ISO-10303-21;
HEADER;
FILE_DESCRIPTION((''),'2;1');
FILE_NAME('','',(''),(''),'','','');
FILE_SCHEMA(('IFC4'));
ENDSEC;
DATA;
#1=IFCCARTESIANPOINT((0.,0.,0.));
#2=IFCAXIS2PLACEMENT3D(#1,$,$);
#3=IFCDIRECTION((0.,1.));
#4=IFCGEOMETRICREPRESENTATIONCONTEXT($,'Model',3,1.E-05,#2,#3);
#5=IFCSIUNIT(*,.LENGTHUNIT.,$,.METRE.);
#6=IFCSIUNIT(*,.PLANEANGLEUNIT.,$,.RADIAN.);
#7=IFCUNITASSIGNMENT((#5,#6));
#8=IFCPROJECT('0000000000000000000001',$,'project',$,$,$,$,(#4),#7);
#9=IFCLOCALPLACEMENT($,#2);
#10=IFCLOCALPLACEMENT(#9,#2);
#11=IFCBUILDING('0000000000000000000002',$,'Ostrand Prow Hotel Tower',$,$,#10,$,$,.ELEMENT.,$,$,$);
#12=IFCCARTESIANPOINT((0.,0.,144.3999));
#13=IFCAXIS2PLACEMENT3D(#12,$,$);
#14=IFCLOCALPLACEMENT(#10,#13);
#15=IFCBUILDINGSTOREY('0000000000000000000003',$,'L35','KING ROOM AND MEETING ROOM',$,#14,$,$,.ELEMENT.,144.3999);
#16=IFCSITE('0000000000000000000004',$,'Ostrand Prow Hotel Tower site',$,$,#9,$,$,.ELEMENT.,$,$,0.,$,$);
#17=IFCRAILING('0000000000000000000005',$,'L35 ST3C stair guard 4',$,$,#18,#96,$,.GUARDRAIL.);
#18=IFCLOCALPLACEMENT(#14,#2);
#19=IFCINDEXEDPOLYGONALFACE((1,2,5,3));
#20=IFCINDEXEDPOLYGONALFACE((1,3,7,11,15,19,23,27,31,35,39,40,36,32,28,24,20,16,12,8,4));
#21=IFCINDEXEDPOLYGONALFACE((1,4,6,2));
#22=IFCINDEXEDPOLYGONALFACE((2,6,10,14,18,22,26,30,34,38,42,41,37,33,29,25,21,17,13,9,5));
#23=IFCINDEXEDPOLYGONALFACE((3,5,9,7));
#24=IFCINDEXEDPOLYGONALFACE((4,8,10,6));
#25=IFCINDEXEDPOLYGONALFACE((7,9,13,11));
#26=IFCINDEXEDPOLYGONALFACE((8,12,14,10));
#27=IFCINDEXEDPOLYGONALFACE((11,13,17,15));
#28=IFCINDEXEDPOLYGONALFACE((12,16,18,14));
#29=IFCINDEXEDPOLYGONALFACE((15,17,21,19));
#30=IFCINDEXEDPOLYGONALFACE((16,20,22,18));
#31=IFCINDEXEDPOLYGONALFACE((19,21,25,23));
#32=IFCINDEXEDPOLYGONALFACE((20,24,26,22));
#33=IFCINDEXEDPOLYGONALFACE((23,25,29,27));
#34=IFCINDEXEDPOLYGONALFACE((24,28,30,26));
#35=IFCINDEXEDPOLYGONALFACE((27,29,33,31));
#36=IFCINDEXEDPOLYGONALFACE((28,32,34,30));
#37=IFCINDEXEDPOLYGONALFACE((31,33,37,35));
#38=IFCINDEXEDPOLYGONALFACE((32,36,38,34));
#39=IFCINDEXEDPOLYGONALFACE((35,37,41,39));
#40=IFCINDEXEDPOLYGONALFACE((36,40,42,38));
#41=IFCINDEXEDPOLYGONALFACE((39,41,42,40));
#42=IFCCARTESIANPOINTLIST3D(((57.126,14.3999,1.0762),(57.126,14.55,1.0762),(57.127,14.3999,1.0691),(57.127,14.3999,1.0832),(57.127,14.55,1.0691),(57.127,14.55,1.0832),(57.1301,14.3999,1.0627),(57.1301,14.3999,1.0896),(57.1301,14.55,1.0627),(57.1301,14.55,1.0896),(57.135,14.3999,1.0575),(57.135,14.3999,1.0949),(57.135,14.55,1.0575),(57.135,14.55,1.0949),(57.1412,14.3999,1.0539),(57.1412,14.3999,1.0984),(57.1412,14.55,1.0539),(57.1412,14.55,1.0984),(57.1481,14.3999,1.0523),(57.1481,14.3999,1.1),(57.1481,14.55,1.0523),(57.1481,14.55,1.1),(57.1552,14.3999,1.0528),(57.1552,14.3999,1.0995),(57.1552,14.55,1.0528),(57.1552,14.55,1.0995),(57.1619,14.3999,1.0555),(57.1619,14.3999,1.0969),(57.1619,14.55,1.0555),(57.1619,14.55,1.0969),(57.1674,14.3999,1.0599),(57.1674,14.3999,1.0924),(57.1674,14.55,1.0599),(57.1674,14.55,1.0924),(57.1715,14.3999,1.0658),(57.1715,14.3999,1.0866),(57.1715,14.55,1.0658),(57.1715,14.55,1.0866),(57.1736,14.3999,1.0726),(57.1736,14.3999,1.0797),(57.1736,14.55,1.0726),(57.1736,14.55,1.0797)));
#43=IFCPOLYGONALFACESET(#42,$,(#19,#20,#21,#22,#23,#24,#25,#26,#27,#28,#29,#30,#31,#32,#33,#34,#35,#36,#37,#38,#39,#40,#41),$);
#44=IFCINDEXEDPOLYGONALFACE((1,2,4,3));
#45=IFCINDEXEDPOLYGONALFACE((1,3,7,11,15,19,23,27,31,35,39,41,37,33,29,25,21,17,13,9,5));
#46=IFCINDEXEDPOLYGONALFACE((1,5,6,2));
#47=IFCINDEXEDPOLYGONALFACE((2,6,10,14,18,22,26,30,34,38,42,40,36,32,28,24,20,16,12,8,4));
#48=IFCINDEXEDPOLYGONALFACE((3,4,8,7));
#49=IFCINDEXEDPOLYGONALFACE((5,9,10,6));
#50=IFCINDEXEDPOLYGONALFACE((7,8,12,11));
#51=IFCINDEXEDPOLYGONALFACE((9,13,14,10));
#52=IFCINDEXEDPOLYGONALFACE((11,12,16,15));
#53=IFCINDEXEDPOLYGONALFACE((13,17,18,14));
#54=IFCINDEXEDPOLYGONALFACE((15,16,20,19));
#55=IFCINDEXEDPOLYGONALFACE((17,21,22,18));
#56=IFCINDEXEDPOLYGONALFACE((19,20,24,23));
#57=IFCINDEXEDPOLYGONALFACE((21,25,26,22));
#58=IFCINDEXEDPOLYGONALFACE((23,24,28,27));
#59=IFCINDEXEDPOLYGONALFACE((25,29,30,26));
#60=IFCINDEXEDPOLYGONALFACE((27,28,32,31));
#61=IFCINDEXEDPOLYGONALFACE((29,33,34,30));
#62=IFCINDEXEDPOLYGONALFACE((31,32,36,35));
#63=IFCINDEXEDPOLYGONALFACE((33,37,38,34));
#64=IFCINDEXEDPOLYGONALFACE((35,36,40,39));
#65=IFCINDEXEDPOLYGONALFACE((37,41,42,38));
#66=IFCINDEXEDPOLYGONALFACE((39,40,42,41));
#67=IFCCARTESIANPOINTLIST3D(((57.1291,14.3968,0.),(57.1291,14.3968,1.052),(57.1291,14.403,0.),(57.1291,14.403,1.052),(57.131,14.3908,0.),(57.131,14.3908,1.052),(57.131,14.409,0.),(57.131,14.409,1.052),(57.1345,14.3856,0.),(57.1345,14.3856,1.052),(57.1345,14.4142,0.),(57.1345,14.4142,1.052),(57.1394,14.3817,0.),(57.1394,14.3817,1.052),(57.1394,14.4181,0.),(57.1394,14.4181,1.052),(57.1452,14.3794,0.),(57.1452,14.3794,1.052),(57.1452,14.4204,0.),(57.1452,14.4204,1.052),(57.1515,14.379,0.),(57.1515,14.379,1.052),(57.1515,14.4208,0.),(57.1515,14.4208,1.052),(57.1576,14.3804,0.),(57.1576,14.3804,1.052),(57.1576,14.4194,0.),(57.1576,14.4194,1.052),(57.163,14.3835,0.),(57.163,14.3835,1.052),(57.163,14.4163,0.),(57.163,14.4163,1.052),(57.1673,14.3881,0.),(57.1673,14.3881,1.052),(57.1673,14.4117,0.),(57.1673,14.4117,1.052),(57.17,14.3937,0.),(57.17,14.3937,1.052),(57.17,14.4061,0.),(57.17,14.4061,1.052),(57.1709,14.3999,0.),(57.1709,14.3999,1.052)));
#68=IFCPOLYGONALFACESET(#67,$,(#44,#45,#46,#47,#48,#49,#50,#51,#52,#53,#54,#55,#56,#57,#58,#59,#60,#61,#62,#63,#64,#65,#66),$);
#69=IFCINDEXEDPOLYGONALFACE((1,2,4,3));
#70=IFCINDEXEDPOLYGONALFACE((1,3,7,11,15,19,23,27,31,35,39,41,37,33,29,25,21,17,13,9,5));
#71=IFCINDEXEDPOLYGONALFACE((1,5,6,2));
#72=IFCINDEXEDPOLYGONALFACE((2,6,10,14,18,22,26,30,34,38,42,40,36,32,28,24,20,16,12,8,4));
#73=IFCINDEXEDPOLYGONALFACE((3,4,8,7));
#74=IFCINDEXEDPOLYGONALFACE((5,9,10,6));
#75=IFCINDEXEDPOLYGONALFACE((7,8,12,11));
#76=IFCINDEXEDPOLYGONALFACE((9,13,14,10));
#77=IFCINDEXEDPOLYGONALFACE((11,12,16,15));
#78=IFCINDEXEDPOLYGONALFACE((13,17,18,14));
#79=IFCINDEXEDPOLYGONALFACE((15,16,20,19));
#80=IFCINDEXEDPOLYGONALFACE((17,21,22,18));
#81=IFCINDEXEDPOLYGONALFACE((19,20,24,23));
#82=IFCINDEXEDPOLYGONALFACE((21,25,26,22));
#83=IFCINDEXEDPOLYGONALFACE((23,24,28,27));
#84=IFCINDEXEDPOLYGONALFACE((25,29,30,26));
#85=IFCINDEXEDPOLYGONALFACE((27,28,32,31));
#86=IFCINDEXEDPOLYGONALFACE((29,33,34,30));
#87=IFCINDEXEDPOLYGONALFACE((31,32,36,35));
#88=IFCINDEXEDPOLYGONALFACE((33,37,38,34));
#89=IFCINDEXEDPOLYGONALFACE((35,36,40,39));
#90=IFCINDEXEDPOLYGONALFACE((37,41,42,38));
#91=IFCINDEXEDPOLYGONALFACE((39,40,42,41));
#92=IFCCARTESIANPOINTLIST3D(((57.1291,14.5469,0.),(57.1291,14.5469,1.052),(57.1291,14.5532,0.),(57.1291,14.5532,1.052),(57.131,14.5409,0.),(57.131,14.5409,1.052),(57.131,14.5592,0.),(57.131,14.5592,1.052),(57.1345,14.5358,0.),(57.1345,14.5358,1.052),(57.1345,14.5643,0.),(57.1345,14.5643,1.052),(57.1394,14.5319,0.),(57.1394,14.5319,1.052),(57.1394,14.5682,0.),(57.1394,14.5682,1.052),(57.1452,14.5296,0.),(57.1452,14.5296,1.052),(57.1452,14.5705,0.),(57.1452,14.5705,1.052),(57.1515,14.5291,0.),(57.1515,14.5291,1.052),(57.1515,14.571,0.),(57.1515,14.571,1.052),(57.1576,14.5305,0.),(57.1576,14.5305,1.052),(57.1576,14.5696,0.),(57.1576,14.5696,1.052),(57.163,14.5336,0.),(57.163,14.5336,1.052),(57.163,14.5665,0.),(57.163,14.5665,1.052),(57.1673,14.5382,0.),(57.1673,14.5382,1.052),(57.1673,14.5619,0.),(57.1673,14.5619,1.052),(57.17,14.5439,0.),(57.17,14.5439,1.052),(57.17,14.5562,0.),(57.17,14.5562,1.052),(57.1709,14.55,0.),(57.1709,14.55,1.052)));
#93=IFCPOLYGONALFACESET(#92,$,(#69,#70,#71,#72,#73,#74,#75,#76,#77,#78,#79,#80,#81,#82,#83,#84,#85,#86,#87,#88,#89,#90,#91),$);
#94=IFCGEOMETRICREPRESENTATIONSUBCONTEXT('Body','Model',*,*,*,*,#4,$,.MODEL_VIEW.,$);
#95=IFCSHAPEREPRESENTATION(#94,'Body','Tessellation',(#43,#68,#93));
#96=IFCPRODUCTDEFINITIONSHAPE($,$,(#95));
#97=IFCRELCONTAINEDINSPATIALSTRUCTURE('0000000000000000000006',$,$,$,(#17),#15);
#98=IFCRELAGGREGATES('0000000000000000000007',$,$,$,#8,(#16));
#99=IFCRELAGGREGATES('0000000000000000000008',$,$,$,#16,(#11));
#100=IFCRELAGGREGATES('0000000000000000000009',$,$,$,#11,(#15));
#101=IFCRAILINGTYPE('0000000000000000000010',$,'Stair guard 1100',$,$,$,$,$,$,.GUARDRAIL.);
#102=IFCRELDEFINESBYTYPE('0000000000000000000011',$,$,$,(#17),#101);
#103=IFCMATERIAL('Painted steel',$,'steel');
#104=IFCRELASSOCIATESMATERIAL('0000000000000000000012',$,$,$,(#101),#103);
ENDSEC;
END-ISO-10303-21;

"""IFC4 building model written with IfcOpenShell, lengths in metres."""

from ifc_helpers import new_model, si_unit, direction, frame, origin, origin_2d, place, context, subcontext, project, spatial, circle, extrude, material, type_object, element, save


model = new_model("IFC4")

# Units and contexts
model_context = context("Model", 3, precision=1e-05, world=origin(), true_north=direction((0.0, 1.0)))
body_context = subcontext(model_context, "Body", "Model", "MODEL_VIEW")
ifc_project = project(units=[si_unit("LENGTHUNIT", "METRE"), si_unit("PLANEANGLEUNIT", "RADIAN")], contexts=[model_context])

# Site, building, storey
site_placement = place(None, origin())
site = spatial("IfcSite", under=ifc_project, at=site_placement, Name="Ostrand Prow Hotel Tower site", CompositionType="ELEMENT", RefElevation=0.0)
building_placement = place(site_placement, origin())
building = spatial("IfcBuilding", under=site, at=building_placement, Name="Ostrand Prow Hotel Tower", CompositionType="ELEMENT")
storey_placement = place(building_placement, frame((0.0, 0.0, 144.3999)))
storey = spatial("IfcBuildingStorey", under=building, at=storey_placement, Name="L35", Description="KING ROOM AND MEETING ROOM", CompositionType="ELEMENT", Elevation=144.3999)

# Railing
ifc_material_1 = material(Name="Painted steel", Category="steel")
railing_type_1 = type_object("IfcRailingType", Name="Stair guard 1100", PredefinedType="GUARDRAIL", material=ifc_material_1)
railing_1_placement = place(storey_placement, frame((57.1499, 14.3999, 0.0)))
element("IfcRailing", 1, at=railing_1_placement, inside=storey, type_object=railing_type_1, Name="L35 ST3C stair guard 4", PredefinedType="GUARDRAIL", context=body_context, shape_type="SweptSolid", body=[
    extrude(circle(Radius=0.0239, at=origin_2d()), frame((0.0, 0.0, 1.0762), z_axis=(0.0, 1.0, 0.0), x_axis=(-1.0, 0.0, 0.0)), (0.0, 0.0, 1.0), 0.1501),
    extrude(circle(Radius=0.021, at=origin_2d()), origin(), (0.0, 0.0, 1.0), 1.052),
    extrude(circle(Radius=0.021, at=origin_2d()), frame((0.0, 0.1501, 0.0)), (0.0, 0.0, 1.0), 1.052),
])

save(model, "model.ifc")
